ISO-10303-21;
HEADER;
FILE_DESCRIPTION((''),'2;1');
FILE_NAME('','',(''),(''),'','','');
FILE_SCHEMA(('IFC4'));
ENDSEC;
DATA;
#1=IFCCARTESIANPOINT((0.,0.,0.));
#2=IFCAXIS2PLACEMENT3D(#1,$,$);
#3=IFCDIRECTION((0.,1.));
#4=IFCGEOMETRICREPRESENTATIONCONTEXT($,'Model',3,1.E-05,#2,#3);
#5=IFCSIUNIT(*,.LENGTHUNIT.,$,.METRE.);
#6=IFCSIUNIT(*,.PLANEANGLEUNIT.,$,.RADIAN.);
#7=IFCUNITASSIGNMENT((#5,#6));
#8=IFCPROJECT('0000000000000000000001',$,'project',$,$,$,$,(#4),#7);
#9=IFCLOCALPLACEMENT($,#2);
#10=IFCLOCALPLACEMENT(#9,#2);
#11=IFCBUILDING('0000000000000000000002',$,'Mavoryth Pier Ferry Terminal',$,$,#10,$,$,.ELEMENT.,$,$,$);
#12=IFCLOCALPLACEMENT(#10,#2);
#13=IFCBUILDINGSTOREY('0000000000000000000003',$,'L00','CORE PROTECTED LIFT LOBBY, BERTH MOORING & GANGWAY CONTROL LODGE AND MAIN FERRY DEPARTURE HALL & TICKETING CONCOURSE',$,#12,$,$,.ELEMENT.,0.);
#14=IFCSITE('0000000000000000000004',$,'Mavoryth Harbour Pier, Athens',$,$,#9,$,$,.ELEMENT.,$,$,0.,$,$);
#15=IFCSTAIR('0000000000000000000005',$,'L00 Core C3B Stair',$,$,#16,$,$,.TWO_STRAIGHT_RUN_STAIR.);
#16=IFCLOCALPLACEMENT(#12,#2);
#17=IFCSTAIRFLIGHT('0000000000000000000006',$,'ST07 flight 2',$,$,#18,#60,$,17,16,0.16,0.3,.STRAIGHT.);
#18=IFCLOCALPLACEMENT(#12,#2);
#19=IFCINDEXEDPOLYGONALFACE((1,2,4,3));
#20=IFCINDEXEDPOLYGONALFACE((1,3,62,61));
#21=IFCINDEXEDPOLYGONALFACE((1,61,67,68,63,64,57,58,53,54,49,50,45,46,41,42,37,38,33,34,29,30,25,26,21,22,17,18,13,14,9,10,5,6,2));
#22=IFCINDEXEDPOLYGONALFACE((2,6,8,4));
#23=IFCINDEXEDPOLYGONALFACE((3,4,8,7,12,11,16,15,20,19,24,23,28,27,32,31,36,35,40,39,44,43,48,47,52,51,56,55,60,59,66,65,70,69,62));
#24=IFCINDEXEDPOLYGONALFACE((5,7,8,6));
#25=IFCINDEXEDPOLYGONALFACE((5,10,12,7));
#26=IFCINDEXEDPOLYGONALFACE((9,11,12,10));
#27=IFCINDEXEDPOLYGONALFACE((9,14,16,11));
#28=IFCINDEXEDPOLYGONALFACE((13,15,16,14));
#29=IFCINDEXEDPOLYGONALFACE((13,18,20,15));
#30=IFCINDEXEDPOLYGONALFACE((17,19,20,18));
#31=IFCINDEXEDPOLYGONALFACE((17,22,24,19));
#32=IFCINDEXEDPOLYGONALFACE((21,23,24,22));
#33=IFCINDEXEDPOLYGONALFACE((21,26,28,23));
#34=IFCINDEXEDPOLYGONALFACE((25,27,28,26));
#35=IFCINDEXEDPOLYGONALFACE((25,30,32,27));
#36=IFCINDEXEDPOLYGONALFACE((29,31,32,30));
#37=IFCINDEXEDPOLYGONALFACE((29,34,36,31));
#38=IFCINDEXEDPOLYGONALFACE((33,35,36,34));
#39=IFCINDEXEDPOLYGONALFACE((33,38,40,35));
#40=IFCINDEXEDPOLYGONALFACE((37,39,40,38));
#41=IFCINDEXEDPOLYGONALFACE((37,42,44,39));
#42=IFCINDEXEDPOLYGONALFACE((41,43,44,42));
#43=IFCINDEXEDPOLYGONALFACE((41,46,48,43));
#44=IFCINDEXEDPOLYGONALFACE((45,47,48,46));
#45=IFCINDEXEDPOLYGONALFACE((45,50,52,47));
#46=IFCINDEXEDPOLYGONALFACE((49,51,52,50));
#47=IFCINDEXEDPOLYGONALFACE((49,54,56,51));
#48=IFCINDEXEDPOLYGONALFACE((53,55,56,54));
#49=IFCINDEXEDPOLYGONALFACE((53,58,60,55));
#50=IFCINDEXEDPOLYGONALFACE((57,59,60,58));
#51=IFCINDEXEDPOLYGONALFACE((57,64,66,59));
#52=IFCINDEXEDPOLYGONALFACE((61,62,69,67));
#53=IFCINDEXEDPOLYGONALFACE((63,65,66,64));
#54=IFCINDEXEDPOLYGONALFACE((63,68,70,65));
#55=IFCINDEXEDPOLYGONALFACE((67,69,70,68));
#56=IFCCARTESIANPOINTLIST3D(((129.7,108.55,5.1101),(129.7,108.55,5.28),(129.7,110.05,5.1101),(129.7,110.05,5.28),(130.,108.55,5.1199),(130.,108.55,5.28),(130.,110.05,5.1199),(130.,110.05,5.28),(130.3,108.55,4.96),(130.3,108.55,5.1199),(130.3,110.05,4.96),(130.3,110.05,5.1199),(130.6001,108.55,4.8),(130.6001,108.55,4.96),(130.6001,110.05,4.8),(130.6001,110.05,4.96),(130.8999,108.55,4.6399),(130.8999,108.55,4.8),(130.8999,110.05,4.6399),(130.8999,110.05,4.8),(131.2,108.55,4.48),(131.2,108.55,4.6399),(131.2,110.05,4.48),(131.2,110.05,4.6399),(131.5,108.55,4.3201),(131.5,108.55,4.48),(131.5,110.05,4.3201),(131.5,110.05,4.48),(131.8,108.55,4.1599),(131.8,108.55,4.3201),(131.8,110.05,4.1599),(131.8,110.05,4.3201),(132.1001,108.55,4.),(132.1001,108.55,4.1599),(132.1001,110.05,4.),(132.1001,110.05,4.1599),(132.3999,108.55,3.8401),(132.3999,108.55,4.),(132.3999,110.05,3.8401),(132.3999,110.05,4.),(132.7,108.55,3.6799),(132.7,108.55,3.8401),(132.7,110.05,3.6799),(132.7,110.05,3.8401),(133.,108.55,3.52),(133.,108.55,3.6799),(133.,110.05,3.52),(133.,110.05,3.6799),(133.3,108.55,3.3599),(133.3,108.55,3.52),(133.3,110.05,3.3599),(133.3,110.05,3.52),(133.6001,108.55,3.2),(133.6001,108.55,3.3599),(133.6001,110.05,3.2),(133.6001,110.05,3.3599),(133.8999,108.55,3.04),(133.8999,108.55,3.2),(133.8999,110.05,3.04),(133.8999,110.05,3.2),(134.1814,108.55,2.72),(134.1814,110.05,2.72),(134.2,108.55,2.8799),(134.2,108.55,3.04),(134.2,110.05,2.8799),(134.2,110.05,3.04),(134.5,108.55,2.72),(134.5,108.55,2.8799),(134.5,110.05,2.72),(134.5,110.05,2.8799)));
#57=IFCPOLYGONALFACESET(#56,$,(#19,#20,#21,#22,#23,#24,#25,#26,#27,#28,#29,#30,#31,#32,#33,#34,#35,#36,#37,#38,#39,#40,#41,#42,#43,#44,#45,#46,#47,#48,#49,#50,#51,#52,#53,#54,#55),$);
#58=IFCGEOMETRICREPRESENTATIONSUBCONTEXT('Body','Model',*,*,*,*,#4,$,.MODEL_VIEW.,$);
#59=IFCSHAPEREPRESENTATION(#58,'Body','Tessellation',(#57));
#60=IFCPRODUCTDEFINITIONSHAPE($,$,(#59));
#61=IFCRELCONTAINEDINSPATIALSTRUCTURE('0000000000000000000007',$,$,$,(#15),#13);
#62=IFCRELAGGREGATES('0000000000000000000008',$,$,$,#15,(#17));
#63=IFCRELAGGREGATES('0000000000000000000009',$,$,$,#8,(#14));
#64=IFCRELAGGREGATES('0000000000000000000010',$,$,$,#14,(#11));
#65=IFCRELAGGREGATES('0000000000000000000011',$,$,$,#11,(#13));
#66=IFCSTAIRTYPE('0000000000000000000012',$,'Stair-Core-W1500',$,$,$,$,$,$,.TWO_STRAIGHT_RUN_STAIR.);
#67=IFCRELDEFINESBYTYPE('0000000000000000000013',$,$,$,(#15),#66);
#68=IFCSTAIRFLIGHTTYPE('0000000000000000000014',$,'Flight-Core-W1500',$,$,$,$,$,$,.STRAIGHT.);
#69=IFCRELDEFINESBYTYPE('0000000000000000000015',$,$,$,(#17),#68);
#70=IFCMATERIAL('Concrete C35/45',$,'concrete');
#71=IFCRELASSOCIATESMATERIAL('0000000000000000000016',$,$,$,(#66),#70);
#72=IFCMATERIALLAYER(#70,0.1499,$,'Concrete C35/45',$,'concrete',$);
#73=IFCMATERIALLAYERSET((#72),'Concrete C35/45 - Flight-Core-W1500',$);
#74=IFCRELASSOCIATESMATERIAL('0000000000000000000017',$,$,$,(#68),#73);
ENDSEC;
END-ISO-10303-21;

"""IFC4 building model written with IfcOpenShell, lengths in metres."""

from ifc_helpers import new_model, si_unit, direction, frame, origin, place, context, subcontext, project, spatial, polyline, outline, extrude, material, layer, layer_set, type_object, element, aggregate, save


model = new_model("IFC4")

# Units and contexts
model_context = context("Model", 3, precision=1e-05, world=origin(), true_north=direction((0.0, 1.0)))
body_context = subcontext(model_context, "Body", "Model", "MODEL_VIEW")
ifc_project = project(units=[si_unit("LENGTHUNIT", "METRE"), si_unit("PLANEANGLEUNIT", "RADIAN")], contexts=[model_context])

# Site, building, storey
site_placement = place(None, origin())
site = spatial("IfcSite", under=ifc_project, at=site_placement, Name="Mavoryth Harbour Pier, Athens", CompositionType="ELEMENT", RefElevation=0.0)
building_placement = place(site_placement, origin())
building = spatial("IfcBuilding", under=site, at=building_placement, Name="Mavoryth Pier Ferry Terminal", CompositionType="ELEMENT")
storey_placement = place(building_placement, origin())
storey = spatial("IfcBuildingStorey", under=building, at=storey_placement, Name="L00", Description="CORE PROTECTED LIFT LOBBY, BERTH MOORING & GANGWAY CONTROL LODGE AND MAIN FERRY DEPARTURE HALL & TICKETING CONCOURSE", CompositionType="ELEMENT", Elevation=0.0)

# Shared definitions
ifc_material_1 = material(Name="Concrete C35/45", Category="concrete")

# Stair, stair flight
stair_type = type_object("IfcStairType", Name="Stair-Core-W1500", PredefinedType="TWO_STRAIGHT_RUN_STAIR", material=ifc_material_1)
stair_placement = place(storey_placement, origin())
stair = element("IfcStair", 1, at=stair_placement, inside=storey, type_object=stair_type, Name="L00 Core C3B Stair", PredefinedType="TWO_STRAIGHT_RUN_STAIR")
ifc_layer_1 = layer(ifc_material_1, 0.1499, Name="Concrete C35/45", Category="concrete")
ifc_layer_set_1 = layer_set([ifc_layer_1], Name="Concrete C35/45 - Flight-Core-W1500")
stair_flight_type = type_object("IfcStairFlightType", Name="Flight-Core-W1500", PredefinedType="STRAIGHT", material=ifc_layer_set_1)
stair_flight_1_placement = place(storey_placement, frame((134.5, 109.3, 2.72), z_axis=(0.0, 0.0, 1.0), x_axis=(-1.0, 0.0, 0.0)))
stair_flight_1 = element("IfcStairFlight", 2, at=stair_flight_1_placement, type_object=stair_flight_type, Name="ST07 flight 2", NumberOfRisers=17, NumberOfTreads=16, PredefinedType="STRAIGHT", RiserHeight=0.16, TreadLength=0.3, context=body_context, shape_type="SweptSolid", body=[
    extrude(outline(polyline([(0.0, 0.0), (0.0, 0.1599), (0.3, 0.1599), (0.3, 0.3201), (0.6001, 0.3201), (0.6001, 0.48), (0.8999, 0.48), (0.8999, 0.6399), (1.2, 0.6399), (1.2, 0.8), (1.5, 0.8), (1.5, 0.96), (1.8, 0.96), (1.8, 1.1201), (2.1001, 1.1201), (2.1001, 1.28), (2.3999, 1.28), (2.3999, 1.4399), (2.7, 1.4399), (2.7, 1.6001), (3.0, 1.6001), (3.0, 1.76), (3.3, 1.76), (3.3, 1.9199), (3.6001, 1.9199), (3.6001, 2.0801), (3.8999, 2.0801), (3.8999, 2.24), (4.2, 2.24), (4.2, 2.3999), (4.5, 2.3999), (4.5, 2.5601), (4.8, 2.5601), (4.8, 2.72), (4.8, 2.3901), (0.3186, 0.0), (0.0, 0.0)])), frame((0.0, 0.75, 0.0), z_axis=(0.0, -1.0, 0.0), x_axis=(1.0, 0.0, 0.0)), (0.0, 0.0, 1.0), 1.5),
])
aggregate(stair, [stair_flight_1])

save(model, "model.ifc")
